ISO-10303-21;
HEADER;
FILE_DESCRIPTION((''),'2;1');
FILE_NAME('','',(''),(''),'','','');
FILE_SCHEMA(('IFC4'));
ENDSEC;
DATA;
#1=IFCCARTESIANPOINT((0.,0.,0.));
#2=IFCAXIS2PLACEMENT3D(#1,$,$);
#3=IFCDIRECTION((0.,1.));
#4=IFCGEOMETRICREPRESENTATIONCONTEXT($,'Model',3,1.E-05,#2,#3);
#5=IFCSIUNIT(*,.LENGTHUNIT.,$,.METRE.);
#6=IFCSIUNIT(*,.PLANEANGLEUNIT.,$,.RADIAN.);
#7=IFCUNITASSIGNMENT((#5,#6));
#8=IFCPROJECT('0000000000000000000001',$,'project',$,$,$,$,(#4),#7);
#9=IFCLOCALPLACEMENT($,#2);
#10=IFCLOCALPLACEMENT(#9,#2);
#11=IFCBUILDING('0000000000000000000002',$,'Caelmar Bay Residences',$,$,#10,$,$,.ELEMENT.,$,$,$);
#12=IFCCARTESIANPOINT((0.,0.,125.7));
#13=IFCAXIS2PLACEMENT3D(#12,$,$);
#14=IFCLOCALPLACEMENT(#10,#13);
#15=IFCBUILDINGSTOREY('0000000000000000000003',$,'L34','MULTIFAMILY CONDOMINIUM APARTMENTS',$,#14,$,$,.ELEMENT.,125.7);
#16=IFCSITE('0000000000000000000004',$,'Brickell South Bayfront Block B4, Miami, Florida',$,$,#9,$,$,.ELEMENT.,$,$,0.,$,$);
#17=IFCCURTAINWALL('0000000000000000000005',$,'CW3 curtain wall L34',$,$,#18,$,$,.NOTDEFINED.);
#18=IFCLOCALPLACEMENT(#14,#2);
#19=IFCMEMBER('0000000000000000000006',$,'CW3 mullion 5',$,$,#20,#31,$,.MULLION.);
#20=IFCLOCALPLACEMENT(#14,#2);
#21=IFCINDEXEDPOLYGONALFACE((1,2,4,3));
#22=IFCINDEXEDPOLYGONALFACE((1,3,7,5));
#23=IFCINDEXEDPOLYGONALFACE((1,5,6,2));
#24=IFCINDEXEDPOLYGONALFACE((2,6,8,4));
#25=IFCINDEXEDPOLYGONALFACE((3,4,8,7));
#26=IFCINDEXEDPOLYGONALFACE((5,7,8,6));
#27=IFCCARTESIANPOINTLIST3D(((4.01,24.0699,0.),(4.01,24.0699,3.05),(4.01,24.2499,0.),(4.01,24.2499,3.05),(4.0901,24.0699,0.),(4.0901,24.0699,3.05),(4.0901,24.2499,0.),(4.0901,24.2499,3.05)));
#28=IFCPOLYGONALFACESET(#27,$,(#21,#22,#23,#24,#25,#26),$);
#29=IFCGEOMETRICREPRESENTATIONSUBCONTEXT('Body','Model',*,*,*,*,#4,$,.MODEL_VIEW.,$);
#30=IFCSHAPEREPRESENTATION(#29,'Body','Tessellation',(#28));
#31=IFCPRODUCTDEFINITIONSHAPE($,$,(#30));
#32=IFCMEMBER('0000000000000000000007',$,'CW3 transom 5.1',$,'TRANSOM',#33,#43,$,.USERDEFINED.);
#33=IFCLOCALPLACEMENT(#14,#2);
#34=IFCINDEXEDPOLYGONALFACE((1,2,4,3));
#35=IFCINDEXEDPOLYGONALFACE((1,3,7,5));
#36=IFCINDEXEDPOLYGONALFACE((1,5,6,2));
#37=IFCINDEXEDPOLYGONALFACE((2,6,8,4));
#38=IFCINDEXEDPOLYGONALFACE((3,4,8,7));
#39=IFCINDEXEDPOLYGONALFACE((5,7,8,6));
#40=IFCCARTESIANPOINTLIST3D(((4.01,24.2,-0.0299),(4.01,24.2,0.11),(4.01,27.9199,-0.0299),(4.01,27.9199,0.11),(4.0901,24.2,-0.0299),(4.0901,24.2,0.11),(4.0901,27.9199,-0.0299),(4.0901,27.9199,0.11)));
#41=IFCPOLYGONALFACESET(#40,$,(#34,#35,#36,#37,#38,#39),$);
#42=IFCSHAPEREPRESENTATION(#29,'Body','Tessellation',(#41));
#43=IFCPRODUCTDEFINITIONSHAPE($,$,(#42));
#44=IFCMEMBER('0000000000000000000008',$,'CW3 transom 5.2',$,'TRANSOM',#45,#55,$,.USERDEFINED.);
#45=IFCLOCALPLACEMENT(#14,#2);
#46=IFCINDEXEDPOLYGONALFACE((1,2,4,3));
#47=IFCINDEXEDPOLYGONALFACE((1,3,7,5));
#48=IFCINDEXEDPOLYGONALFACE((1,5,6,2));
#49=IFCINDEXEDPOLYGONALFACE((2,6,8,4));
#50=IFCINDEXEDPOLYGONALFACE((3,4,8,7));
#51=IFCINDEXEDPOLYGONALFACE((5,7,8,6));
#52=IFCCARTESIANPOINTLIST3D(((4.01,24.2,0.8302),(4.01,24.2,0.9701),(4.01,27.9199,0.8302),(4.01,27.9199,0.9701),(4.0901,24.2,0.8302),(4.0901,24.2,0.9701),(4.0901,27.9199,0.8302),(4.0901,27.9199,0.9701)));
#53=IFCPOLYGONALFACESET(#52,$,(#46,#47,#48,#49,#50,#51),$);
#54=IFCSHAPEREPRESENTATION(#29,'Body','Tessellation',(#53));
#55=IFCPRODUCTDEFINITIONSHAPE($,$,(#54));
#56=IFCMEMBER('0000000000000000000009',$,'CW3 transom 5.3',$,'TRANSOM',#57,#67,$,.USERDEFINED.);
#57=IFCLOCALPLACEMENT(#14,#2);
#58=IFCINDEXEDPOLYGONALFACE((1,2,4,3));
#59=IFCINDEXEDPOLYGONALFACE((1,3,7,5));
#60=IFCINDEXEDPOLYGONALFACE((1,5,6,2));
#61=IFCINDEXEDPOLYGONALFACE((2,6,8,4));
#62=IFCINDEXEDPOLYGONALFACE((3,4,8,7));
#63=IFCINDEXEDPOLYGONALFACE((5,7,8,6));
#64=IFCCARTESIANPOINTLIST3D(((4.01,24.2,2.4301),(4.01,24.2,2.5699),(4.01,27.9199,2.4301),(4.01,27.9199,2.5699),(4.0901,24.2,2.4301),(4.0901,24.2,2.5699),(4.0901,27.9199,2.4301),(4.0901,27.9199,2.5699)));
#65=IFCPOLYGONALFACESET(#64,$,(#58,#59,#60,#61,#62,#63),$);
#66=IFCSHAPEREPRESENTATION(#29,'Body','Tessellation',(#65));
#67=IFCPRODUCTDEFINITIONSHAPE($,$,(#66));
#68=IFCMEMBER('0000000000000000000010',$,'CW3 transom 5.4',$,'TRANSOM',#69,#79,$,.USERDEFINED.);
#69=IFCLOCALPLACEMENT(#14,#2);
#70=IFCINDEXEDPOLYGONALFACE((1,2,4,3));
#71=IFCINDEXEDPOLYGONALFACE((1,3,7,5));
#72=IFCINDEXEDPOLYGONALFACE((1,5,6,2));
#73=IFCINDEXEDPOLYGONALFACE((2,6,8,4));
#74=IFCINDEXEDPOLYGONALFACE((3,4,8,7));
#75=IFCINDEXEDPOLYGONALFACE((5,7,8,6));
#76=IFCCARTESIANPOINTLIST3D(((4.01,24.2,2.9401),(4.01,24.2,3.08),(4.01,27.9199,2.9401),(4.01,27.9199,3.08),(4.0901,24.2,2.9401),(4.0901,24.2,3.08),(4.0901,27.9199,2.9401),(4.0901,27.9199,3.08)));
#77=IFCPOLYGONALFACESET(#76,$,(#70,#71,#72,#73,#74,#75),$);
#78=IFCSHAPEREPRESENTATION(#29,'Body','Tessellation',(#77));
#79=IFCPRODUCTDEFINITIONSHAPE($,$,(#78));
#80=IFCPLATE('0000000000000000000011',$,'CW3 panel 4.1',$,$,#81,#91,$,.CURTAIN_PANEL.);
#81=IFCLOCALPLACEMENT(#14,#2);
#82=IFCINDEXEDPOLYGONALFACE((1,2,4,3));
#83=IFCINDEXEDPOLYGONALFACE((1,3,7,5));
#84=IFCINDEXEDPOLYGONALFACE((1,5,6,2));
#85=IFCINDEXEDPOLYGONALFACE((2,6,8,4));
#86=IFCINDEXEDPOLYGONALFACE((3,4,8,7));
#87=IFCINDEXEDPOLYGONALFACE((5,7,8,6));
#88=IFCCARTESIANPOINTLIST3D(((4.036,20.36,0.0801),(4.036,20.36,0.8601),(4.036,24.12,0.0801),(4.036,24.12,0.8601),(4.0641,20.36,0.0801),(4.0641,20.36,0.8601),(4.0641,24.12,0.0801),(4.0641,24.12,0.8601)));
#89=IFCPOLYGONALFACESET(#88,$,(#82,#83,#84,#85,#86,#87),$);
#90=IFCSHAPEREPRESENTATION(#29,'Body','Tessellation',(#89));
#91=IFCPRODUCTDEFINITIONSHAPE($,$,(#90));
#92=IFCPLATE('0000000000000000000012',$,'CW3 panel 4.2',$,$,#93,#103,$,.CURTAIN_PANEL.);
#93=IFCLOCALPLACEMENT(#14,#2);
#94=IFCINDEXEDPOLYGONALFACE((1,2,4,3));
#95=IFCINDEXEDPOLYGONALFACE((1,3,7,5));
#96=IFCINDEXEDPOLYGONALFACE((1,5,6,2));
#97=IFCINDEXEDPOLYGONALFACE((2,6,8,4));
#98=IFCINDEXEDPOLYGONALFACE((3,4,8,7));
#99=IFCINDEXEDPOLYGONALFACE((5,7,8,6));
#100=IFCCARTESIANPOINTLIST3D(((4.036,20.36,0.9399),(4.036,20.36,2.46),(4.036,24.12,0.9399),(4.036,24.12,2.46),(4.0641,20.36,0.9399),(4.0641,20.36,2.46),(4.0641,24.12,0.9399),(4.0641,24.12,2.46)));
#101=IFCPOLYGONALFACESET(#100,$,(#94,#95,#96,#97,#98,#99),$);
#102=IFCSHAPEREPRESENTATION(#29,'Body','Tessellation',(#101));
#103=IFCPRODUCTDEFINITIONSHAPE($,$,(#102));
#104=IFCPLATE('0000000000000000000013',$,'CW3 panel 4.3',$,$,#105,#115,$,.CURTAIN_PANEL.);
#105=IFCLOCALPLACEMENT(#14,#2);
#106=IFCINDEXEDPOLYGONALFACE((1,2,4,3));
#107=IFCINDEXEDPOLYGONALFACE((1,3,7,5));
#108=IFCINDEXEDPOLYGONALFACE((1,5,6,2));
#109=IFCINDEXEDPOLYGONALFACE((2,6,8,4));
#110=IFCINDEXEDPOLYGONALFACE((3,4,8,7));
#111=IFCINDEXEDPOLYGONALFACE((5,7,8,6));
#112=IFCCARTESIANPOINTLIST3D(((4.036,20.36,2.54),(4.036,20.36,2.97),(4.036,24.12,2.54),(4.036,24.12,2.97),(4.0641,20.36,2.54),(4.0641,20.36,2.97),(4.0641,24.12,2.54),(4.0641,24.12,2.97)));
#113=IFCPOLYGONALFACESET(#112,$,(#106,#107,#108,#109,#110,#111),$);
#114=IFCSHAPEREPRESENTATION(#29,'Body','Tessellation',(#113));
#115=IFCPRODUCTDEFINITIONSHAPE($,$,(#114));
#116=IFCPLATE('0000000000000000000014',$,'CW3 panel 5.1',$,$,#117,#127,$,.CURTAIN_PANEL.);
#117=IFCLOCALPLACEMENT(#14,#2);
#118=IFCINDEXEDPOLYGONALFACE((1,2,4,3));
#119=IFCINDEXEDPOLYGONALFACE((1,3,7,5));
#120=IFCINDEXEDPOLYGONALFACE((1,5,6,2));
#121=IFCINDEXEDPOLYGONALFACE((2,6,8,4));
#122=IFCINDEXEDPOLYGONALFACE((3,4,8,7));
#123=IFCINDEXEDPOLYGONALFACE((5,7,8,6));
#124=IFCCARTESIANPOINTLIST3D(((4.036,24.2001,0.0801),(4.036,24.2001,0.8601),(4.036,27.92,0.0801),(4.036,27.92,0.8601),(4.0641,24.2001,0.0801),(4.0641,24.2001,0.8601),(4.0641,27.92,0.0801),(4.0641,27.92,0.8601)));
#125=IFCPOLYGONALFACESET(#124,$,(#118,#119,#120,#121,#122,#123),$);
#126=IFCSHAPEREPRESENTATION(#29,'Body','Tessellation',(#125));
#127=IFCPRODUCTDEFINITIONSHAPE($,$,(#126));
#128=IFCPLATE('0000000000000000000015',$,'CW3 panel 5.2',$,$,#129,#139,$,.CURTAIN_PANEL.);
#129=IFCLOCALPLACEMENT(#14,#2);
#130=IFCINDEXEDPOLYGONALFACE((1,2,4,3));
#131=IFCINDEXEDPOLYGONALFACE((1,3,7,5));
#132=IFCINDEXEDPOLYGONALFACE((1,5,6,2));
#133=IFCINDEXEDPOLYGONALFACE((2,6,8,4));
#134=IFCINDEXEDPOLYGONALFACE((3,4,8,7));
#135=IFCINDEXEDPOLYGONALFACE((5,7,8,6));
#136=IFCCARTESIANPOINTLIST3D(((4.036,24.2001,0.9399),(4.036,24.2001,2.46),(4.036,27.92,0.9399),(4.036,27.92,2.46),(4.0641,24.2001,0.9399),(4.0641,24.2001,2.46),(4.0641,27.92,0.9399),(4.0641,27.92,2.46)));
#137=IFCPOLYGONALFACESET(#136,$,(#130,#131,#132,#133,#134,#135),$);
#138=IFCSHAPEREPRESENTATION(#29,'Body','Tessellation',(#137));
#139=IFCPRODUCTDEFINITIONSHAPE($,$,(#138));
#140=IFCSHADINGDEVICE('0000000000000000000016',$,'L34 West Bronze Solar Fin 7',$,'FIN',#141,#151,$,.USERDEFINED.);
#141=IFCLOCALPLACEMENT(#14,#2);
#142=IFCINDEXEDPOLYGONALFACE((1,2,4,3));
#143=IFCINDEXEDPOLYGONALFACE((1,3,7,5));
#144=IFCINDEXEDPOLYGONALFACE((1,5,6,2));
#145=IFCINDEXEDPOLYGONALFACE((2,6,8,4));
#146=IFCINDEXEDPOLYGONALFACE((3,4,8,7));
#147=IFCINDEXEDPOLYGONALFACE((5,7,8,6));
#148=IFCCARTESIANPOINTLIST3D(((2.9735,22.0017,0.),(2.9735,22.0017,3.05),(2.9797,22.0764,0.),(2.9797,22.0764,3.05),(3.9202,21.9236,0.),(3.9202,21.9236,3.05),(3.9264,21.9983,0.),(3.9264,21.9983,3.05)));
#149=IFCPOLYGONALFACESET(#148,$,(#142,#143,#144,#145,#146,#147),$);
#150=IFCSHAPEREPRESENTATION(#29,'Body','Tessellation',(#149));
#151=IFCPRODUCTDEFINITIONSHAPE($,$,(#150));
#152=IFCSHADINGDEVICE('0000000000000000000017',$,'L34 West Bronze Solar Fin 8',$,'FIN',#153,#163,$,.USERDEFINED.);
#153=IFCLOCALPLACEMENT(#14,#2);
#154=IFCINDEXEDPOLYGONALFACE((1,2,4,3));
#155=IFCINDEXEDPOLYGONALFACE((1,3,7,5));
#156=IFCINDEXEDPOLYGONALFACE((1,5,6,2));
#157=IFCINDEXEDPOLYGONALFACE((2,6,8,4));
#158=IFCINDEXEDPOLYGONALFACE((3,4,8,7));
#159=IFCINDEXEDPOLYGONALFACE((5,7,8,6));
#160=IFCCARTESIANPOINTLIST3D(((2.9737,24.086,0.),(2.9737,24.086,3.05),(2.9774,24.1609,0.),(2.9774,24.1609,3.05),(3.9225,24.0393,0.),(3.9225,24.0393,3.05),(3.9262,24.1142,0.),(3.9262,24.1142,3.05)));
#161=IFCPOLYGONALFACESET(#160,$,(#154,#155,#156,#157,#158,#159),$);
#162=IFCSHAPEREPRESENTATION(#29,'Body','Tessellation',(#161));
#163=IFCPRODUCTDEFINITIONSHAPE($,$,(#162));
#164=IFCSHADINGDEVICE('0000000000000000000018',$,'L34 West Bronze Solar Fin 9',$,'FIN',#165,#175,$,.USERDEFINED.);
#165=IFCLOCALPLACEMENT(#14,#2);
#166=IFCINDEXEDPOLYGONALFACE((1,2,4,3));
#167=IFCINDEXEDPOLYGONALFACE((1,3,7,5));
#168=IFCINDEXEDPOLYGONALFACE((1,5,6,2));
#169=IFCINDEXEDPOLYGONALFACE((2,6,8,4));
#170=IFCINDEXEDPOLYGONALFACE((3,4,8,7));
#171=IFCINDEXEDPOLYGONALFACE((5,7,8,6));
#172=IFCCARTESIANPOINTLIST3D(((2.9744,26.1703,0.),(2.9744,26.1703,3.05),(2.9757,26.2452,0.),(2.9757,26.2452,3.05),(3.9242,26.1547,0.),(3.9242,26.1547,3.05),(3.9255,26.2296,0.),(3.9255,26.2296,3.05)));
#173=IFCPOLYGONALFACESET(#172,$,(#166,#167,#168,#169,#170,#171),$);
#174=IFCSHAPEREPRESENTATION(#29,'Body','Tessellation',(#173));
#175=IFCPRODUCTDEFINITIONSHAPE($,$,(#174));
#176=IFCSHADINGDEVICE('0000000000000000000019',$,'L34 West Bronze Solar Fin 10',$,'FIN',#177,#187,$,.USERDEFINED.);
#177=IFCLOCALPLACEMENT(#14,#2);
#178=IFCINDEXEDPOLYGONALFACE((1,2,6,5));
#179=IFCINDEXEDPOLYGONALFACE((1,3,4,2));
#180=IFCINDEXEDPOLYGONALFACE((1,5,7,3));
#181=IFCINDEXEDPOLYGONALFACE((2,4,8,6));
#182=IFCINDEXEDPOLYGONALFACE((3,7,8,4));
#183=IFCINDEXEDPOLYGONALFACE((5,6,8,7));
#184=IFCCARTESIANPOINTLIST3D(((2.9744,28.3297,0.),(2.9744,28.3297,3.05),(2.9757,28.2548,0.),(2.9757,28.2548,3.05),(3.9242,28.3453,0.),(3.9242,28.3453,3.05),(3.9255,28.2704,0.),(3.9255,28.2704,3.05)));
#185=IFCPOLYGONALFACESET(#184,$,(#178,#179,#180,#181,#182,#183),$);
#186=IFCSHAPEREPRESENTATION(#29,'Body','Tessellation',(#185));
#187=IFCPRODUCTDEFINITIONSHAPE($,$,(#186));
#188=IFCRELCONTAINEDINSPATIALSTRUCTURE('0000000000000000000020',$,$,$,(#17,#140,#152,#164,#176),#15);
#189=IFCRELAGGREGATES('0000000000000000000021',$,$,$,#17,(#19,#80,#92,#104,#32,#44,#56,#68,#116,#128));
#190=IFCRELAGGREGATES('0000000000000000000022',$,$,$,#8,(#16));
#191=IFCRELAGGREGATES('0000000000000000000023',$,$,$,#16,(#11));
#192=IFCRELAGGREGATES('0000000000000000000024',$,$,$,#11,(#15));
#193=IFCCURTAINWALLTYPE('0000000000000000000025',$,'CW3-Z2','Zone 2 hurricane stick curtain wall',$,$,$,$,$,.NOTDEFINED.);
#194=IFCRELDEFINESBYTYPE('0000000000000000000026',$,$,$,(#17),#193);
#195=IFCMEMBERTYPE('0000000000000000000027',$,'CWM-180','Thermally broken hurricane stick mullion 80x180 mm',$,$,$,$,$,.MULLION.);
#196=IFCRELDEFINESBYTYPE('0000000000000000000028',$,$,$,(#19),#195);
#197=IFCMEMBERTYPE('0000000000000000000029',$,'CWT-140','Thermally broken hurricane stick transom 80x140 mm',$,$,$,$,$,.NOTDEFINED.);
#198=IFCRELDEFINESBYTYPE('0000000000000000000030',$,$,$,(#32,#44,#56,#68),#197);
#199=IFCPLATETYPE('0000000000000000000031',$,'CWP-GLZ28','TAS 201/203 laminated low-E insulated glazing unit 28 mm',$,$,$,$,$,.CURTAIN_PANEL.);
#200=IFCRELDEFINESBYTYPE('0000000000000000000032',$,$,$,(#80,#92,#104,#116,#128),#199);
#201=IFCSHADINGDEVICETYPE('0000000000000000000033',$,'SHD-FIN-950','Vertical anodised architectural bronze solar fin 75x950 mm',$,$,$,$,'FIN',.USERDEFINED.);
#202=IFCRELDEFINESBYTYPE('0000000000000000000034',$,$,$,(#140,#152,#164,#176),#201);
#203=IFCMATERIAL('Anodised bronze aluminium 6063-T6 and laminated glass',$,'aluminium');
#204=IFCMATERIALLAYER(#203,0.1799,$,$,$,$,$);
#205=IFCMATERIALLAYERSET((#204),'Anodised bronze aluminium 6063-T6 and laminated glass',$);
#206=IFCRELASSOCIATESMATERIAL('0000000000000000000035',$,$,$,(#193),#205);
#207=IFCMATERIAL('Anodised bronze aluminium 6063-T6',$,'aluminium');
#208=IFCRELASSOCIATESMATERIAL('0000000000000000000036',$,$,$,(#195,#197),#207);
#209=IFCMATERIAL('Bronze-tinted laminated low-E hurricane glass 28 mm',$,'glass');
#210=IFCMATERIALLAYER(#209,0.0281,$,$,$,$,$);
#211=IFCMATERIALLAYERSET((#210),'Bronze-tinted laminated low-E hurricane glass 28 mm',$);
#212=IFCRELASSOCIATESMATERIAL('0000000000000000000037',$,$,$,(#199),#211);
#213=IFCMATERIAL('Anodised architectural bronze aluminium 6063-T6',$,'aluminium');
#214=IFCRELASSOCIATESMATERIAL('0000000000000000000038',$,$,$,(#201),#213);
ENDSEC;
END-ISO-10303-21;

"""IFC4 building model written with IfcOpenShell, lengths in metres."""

from ifc_helpers import new_model, si_unit, direction, frame, origin, origin_2d, place, context, subcontext, project, spatial, rectangle, extrude, material, layer, layer_set, material_profile, profile_set, type_object, element, aggregate, save


model = new_model("IFC4")

# Units and contexts
model_context = context("Model", 3, precision=1e-05, world=origin(), true_north=direction((0.0, 1.0)))
body_context = subcontext(model_context, "Body", "Model", "MODEL_VIEW")
ifc_project = project(units=[si_unit("LENGTHUNIT", "METRE"), si_unit("PLANEANGLEUNIT", "RADIAN")], contexts=[model_context])

# Site, building, storey
site_placement = place(None, origin())
site = spatial("IfcSite", under=ifc_project, at=site_placement, Name="Brickell South Bayfront Block B4, Miami, Florida", CompositionType="ELEMENT", RefElevation=0.0)
building_placement = place(site_placement, origin())
building = spatial("IfcBuilding", under=site, at=building_placement, Name="Caelmar Bay Residences", CompositionType="ELEMENT")
storey_placement = place(building_placement, frame((0.0, 0.0, 125.7)))
storey = spatial("IfcBuildingStorey", under=building, at=storey_placement, Name="L34", Description="MULTIFAMILY CONDOMINIUM APARTMENTS", CompositionType="ELEMENT", Elevation=125.7)

# Curtain wall, members, plates
ifc_material_1 = material(Name="Anodised bronze aluminium 6063-T6 and laminated glass", Category="aluminium")
ifc_layer_1 = layer(ifc_material_1, 0.1799)
ifc_layer_set_1 = layer_set([ifc_layer_1], Name="Anodised bronze aluminium 6063-T6 and laminated glass")
curtain_wall_type = type_object("IfcCurtainWallType", Name="CW3-Z2", Description="Zone 2 hurricane stick curtain wall", PredefinedType="NOTDEFINED", material=ifc_layer_set_1)
curtain_wall_placement = place(storey_placement, origin())
curtain_wall = element("IfcCurtainWall", 1, at=curtain_wall_placement, inside=storey, type_object=curtain_wall_type, Name="CW3 curtain wall L34", PredefinedType="NOTDEFINED")
ifc_material_2 = material(Name="Anodised bronze aluminium 6063-T6", Category="aluminium")
ifc_material_profile_1 = material_profile(ifc_material_2, rectangle(XDim=0.0801, YDim=0.1799, at=origin_2d()), Name="CWM-80X180")
ifc_profile_set_1 = profile_set([ifc_material_profile_1], Name="Anodised bronze aluminium 6063-T6")
member_type_1 = type_object("IfcMemberType", Name="CWM-180", Description="Thermally broken hurricane stick mullion 80x180 mm", PredefinedType="MULLION", material=ifc_profile_set_1)
member_1_placement = place(storey_placement, frame((4.05, 24.1599, 0.0), z_axis=(0.0, 0.0, 1.0), x_axis=(-1.0, 0.0, 0.0)))
member_1 = element("IfcMember", 2, at=member_1_placement, type_object=member_type_1, Name="CW3 mullion 5", PredefinedType="MULLION", context=body_context, shape_type="SweptSolid", body=[
    extrude(rectangle(XDim=0.0801, YDim=0.1799, at=origin_2d()), origin(), (0.0, 0.0, 1.0), 3.05),
])
ifc_material_profile_2 = material_profile(ifc_material_2, rectangle(XDim=0.0801, YDim=0.1399, at=origin_2d()), Name="CWT-80X140")
ifc_profile_set_2 = profile_set([ifc_material_profile_2], Name="Anodised bronze aluminium 6063-T6")
member_type_2 = type_object("IfcMemberType", Name="CWT-140", Description="Thermally broken hurricane stick transom 80x140 mm", PredefinedType="NOTDEFINED", material=ifc_profile_set_2)
member_2_placement = place(storey_placement, frame((4.05, 24.2, 0.04), z_axis=(0.0, 1.0, 0.0), x_axis=(-1.0, 0.0, 0.0)))
member_2 = element("IfcMember", 3, at=member_2_placement, type_object=member_type_2, Name="CW3 transom 5.1", ObjectType="TRANSOM", PredefinedType="USERDEFINED", context=body_context, shape_type="SweptSolid", body=[
    extrude(rectangle(XDim=0.0801, YDim=0.1399, at=origin_2d()), origin(), (0.0, 0.0, 1.0), 3.72),
])
member_3_placement = place(storey_placement, frame((4.05, 24.2, 0.9001), z_axis=(0.0, 1.0, 0.0), x_axis=(-1.0, 0.0, 0.0)))
member_3 = element("IfcMember", 4, at=member_3_placement, type_object=member_type_2, Name="CW3 transom 5.2", ObjectType="TRANSOM", PredefinedType="USERDEFINED", context=body_context, shape_type="SweptSolid", body=[
    extrude(rectangle(XDim=0.0801, YDim=0.1399, at=origin_2d()), origin(), (0.0, 0.0, 1.0), 3.72),
])
member_4_placement = place(storey_placement, frame((4.05, 24.2, 2.5), z_axis=(0.0, 1.0, 0.0), x_axis=(-1.0, 0.0, 0.0)))
member_4 = element("IfcMember", 5, at=member_4_placement, type_object=member_type_2, Name="CW3 transom 5.3", ObjectType="TRANSOM", PredefinedType="USERDEFINED", context=body_context, shape_type="SweptSolid", body=[
    extrude(rectangle(XDim=0.0801, YDim=0.1399, at=origin_2d()), origin(), (0.0, 0.0, 1.0), 3.72),
])
member_5_placement = place(storey_placement, frame((4.05, 24.2, 3.01), z_axis=(0.0, 1.0, 0.0), x_axis=(-1.0, 0.0, 0.0)))
member_5 = element("IfcMember", 6, at=member_5_placement, type_object=member_type_2, Name="CW3 transom 5.4", ObjectType="TRANSOM", PredefinedType="USERDEFINED", context=body_context, shape_type="SweptSolid", body=[
    extrude(rectangle(XDim=0.0801, YDim=0.1399, at=origin_2d()), origin(), (0.0, 0.0, 1.0), 3.72),
])
ifc_material_3 = material(Name="Bronze-tinted laminated low-E hurricane glass 28 mm", Category="glass")
ifc_layer_2 = layer(ifc_material_3, 0.0281)
ifc_layer_set_2 = layer_set([ifc_layer_2], Name="Bronze-tinted laminated low-E hurricane glass 28 mm")
plate_type = type_object("IfcPlateType", Name="CWP-GLZ28", Description="TAS 201/203 laminated low-E insulated glazing unit 28 mm", PredefinedType="CURTAIN_PANEL", material=ifc_layer_set_2)
plate_1_placement = place(storey_placement, frame((4.05, 22.24, 0.0801), z_axis=(0.0, 0.0, 1.0), x_axis=(0.0, 1.0, 0.0)))
plate_1 = element("IfcPlate", 7, at=plate_1_placement, type_object=plate_type, Name="CW3 panel 4.1", PredefinedType="CURTAIN_PANEL", context=body_context, shape_type="SweptSolid", body=[
    extrude(rectangle(XDim=3.76, YDim=0.0281, at=origin_2d()), origin(), (0.0, 0.0, 1.0), 0.78),
])
plate_2_placement = place(storey_placement, frame((4.05, 22.24, 0.9399), z_axis=(0.0, 0.0, 1.0), x_axis=(0.0, 1.0, 0.0)))
plate_2 = element("IfcPlate", 8, at=plate_2_placement, type_object=plate_type, Name="CW3 panel 4.2", PredefinedType="CURTAIN_PANEL", context=body_context, shape_type="SweptSolid", body=[
    extrude(rectangle(XDim=3.76, YDim=0.0281, at=origin_2d()), origin(), (0.0, 0.0, 1.0), 1.52),
])
plate_3_placement = place(storey_placement, frame((4.05, 22.24, 2.54), z_axis=(0.0, 0.0, 1.0), x_axis=(0.0, 1.0, 0.0)))
plate_3 = element("IfcPlate", 9, at=plate_3_placement, type_object=plate_type, Name="CW3 panel 4.3", PredefinedType="CURTAIN_PANEL", context=body_context, shape_type="SweptSolid", body=[
    extrude(rectangle(XDim=3.76, YDim=0.0281, at=origin_2d()), origin(), (0.0, 0.0, 1.0), 0.4299),
])
plate_4_placement = place(storey_placement, frame((4.05, 26.0601, 0.0801), z_axis=(0.0, 0.0, 1.0), x_axis=(0.0, 1.0, 0.0)))
plate_4 = element("IfcPlate", 10, at=plate_4_placement, type_object=plate_type, Name="CW3 panel 5.1", PredefinedType="CURTAIN_PANEL", context=body_context, shape_type="SweptSolid", body=[
    extrude(rectangle(XDim=3.72, YDim=0.0281, at=origin_2d()), origin(), (0.0, 0.0, 1.0), 0.78),
])
plate_5_placement = place(storey_placement, frame((4.05, 26.0601, 0.9399), z_axis=(0.0, 0.0, 1.0), x_axis=(0.0, 1.0, 0.0)))
plate_5 = element("IfcPlate", 11, at=plate_5_placement, type_object=plate_type, Name="CW3 panel 5.2", PredefinedType="CURTAIN_PANEL", context=body_context, shape_type="SweptSolid", body=[
    extrude(rectangle(XDim=3.72, YDim=0.0281, at=origin_2d()), origin(), (0.0, 0.0, 1.0), 1.52),
])
aggregate(curtain_wall, [member_1, plate_1, plate_2, plate_3, member_2, member_3, member_4, member_5, plate_4, plate_5])

# Shading devices
ifc_material_4 = material(Name="Anodised architectural bronze aluminium 6063-T6", Category="aluminium")
ifc_material_profile_3 = material_profile(ifc_material_4, rectangle(XDim=0.075, YDim=0.95, at=origin_2d()), Name="BRONZE-FIN-75X950")
ifc_profile_set_3 = profile_set([ifc_material_profile_3], Name="Anodised architectural bronze aluminium 6063-T6")
shading_device_type = type_object("IfcShadingDeviceType", Name="SHD-FIN-950", Description="Vertical anodised architectural bronze solar fin 75x950 mm", ElementType="FIN", PredefinedType="USERDEFINED", material=ifc_profile_set_3)
for number, where, z_axis, x_axis, name in (
    (12, (3.45, 22.0, 0.0), (0.0, 0.0, 1.0), (0.082112, 0.996623, 0.0), "L34 West Bronze Solar Fin 7"),
    (13, (3.45, 24.1001, 0.0), (0.0, 0.0, 1.0), (0.049198, 0.998789, 0.0), "L34 West Bronze Solar Fin 8"),
    (14, (3.45, 26.2, 0.0), (0.0, 0.0, 1.0), (0.016405, 0.999865, 0.0), "L34 West Bronze Solar Fin 9"),
    (15, (3.45, 28.3, 0.0), (0.0, 0.0, 1.0), (-0.016405, 0.999865, 0.0), "L34 West Bronze Solar Fin 10"),
):
    element("IfcShadingDevice", number, at=place(storey_placement, frame(where, z_axis=z_axis, x_axis=x_axis)), inside=storey, type_object=shading_device_type, Name=name, ObjectType="FIN", PredefinedType="USERDEFINED", context=body_context, shape_type="SweptSolid", body=[
        extrude(rectangle(XDim=0.075, YDim=0.95, at=origin_2d()), origin(), (0.0, 0.0, 1.0), 3.05),
    ])

save(model, "model.ifc")
